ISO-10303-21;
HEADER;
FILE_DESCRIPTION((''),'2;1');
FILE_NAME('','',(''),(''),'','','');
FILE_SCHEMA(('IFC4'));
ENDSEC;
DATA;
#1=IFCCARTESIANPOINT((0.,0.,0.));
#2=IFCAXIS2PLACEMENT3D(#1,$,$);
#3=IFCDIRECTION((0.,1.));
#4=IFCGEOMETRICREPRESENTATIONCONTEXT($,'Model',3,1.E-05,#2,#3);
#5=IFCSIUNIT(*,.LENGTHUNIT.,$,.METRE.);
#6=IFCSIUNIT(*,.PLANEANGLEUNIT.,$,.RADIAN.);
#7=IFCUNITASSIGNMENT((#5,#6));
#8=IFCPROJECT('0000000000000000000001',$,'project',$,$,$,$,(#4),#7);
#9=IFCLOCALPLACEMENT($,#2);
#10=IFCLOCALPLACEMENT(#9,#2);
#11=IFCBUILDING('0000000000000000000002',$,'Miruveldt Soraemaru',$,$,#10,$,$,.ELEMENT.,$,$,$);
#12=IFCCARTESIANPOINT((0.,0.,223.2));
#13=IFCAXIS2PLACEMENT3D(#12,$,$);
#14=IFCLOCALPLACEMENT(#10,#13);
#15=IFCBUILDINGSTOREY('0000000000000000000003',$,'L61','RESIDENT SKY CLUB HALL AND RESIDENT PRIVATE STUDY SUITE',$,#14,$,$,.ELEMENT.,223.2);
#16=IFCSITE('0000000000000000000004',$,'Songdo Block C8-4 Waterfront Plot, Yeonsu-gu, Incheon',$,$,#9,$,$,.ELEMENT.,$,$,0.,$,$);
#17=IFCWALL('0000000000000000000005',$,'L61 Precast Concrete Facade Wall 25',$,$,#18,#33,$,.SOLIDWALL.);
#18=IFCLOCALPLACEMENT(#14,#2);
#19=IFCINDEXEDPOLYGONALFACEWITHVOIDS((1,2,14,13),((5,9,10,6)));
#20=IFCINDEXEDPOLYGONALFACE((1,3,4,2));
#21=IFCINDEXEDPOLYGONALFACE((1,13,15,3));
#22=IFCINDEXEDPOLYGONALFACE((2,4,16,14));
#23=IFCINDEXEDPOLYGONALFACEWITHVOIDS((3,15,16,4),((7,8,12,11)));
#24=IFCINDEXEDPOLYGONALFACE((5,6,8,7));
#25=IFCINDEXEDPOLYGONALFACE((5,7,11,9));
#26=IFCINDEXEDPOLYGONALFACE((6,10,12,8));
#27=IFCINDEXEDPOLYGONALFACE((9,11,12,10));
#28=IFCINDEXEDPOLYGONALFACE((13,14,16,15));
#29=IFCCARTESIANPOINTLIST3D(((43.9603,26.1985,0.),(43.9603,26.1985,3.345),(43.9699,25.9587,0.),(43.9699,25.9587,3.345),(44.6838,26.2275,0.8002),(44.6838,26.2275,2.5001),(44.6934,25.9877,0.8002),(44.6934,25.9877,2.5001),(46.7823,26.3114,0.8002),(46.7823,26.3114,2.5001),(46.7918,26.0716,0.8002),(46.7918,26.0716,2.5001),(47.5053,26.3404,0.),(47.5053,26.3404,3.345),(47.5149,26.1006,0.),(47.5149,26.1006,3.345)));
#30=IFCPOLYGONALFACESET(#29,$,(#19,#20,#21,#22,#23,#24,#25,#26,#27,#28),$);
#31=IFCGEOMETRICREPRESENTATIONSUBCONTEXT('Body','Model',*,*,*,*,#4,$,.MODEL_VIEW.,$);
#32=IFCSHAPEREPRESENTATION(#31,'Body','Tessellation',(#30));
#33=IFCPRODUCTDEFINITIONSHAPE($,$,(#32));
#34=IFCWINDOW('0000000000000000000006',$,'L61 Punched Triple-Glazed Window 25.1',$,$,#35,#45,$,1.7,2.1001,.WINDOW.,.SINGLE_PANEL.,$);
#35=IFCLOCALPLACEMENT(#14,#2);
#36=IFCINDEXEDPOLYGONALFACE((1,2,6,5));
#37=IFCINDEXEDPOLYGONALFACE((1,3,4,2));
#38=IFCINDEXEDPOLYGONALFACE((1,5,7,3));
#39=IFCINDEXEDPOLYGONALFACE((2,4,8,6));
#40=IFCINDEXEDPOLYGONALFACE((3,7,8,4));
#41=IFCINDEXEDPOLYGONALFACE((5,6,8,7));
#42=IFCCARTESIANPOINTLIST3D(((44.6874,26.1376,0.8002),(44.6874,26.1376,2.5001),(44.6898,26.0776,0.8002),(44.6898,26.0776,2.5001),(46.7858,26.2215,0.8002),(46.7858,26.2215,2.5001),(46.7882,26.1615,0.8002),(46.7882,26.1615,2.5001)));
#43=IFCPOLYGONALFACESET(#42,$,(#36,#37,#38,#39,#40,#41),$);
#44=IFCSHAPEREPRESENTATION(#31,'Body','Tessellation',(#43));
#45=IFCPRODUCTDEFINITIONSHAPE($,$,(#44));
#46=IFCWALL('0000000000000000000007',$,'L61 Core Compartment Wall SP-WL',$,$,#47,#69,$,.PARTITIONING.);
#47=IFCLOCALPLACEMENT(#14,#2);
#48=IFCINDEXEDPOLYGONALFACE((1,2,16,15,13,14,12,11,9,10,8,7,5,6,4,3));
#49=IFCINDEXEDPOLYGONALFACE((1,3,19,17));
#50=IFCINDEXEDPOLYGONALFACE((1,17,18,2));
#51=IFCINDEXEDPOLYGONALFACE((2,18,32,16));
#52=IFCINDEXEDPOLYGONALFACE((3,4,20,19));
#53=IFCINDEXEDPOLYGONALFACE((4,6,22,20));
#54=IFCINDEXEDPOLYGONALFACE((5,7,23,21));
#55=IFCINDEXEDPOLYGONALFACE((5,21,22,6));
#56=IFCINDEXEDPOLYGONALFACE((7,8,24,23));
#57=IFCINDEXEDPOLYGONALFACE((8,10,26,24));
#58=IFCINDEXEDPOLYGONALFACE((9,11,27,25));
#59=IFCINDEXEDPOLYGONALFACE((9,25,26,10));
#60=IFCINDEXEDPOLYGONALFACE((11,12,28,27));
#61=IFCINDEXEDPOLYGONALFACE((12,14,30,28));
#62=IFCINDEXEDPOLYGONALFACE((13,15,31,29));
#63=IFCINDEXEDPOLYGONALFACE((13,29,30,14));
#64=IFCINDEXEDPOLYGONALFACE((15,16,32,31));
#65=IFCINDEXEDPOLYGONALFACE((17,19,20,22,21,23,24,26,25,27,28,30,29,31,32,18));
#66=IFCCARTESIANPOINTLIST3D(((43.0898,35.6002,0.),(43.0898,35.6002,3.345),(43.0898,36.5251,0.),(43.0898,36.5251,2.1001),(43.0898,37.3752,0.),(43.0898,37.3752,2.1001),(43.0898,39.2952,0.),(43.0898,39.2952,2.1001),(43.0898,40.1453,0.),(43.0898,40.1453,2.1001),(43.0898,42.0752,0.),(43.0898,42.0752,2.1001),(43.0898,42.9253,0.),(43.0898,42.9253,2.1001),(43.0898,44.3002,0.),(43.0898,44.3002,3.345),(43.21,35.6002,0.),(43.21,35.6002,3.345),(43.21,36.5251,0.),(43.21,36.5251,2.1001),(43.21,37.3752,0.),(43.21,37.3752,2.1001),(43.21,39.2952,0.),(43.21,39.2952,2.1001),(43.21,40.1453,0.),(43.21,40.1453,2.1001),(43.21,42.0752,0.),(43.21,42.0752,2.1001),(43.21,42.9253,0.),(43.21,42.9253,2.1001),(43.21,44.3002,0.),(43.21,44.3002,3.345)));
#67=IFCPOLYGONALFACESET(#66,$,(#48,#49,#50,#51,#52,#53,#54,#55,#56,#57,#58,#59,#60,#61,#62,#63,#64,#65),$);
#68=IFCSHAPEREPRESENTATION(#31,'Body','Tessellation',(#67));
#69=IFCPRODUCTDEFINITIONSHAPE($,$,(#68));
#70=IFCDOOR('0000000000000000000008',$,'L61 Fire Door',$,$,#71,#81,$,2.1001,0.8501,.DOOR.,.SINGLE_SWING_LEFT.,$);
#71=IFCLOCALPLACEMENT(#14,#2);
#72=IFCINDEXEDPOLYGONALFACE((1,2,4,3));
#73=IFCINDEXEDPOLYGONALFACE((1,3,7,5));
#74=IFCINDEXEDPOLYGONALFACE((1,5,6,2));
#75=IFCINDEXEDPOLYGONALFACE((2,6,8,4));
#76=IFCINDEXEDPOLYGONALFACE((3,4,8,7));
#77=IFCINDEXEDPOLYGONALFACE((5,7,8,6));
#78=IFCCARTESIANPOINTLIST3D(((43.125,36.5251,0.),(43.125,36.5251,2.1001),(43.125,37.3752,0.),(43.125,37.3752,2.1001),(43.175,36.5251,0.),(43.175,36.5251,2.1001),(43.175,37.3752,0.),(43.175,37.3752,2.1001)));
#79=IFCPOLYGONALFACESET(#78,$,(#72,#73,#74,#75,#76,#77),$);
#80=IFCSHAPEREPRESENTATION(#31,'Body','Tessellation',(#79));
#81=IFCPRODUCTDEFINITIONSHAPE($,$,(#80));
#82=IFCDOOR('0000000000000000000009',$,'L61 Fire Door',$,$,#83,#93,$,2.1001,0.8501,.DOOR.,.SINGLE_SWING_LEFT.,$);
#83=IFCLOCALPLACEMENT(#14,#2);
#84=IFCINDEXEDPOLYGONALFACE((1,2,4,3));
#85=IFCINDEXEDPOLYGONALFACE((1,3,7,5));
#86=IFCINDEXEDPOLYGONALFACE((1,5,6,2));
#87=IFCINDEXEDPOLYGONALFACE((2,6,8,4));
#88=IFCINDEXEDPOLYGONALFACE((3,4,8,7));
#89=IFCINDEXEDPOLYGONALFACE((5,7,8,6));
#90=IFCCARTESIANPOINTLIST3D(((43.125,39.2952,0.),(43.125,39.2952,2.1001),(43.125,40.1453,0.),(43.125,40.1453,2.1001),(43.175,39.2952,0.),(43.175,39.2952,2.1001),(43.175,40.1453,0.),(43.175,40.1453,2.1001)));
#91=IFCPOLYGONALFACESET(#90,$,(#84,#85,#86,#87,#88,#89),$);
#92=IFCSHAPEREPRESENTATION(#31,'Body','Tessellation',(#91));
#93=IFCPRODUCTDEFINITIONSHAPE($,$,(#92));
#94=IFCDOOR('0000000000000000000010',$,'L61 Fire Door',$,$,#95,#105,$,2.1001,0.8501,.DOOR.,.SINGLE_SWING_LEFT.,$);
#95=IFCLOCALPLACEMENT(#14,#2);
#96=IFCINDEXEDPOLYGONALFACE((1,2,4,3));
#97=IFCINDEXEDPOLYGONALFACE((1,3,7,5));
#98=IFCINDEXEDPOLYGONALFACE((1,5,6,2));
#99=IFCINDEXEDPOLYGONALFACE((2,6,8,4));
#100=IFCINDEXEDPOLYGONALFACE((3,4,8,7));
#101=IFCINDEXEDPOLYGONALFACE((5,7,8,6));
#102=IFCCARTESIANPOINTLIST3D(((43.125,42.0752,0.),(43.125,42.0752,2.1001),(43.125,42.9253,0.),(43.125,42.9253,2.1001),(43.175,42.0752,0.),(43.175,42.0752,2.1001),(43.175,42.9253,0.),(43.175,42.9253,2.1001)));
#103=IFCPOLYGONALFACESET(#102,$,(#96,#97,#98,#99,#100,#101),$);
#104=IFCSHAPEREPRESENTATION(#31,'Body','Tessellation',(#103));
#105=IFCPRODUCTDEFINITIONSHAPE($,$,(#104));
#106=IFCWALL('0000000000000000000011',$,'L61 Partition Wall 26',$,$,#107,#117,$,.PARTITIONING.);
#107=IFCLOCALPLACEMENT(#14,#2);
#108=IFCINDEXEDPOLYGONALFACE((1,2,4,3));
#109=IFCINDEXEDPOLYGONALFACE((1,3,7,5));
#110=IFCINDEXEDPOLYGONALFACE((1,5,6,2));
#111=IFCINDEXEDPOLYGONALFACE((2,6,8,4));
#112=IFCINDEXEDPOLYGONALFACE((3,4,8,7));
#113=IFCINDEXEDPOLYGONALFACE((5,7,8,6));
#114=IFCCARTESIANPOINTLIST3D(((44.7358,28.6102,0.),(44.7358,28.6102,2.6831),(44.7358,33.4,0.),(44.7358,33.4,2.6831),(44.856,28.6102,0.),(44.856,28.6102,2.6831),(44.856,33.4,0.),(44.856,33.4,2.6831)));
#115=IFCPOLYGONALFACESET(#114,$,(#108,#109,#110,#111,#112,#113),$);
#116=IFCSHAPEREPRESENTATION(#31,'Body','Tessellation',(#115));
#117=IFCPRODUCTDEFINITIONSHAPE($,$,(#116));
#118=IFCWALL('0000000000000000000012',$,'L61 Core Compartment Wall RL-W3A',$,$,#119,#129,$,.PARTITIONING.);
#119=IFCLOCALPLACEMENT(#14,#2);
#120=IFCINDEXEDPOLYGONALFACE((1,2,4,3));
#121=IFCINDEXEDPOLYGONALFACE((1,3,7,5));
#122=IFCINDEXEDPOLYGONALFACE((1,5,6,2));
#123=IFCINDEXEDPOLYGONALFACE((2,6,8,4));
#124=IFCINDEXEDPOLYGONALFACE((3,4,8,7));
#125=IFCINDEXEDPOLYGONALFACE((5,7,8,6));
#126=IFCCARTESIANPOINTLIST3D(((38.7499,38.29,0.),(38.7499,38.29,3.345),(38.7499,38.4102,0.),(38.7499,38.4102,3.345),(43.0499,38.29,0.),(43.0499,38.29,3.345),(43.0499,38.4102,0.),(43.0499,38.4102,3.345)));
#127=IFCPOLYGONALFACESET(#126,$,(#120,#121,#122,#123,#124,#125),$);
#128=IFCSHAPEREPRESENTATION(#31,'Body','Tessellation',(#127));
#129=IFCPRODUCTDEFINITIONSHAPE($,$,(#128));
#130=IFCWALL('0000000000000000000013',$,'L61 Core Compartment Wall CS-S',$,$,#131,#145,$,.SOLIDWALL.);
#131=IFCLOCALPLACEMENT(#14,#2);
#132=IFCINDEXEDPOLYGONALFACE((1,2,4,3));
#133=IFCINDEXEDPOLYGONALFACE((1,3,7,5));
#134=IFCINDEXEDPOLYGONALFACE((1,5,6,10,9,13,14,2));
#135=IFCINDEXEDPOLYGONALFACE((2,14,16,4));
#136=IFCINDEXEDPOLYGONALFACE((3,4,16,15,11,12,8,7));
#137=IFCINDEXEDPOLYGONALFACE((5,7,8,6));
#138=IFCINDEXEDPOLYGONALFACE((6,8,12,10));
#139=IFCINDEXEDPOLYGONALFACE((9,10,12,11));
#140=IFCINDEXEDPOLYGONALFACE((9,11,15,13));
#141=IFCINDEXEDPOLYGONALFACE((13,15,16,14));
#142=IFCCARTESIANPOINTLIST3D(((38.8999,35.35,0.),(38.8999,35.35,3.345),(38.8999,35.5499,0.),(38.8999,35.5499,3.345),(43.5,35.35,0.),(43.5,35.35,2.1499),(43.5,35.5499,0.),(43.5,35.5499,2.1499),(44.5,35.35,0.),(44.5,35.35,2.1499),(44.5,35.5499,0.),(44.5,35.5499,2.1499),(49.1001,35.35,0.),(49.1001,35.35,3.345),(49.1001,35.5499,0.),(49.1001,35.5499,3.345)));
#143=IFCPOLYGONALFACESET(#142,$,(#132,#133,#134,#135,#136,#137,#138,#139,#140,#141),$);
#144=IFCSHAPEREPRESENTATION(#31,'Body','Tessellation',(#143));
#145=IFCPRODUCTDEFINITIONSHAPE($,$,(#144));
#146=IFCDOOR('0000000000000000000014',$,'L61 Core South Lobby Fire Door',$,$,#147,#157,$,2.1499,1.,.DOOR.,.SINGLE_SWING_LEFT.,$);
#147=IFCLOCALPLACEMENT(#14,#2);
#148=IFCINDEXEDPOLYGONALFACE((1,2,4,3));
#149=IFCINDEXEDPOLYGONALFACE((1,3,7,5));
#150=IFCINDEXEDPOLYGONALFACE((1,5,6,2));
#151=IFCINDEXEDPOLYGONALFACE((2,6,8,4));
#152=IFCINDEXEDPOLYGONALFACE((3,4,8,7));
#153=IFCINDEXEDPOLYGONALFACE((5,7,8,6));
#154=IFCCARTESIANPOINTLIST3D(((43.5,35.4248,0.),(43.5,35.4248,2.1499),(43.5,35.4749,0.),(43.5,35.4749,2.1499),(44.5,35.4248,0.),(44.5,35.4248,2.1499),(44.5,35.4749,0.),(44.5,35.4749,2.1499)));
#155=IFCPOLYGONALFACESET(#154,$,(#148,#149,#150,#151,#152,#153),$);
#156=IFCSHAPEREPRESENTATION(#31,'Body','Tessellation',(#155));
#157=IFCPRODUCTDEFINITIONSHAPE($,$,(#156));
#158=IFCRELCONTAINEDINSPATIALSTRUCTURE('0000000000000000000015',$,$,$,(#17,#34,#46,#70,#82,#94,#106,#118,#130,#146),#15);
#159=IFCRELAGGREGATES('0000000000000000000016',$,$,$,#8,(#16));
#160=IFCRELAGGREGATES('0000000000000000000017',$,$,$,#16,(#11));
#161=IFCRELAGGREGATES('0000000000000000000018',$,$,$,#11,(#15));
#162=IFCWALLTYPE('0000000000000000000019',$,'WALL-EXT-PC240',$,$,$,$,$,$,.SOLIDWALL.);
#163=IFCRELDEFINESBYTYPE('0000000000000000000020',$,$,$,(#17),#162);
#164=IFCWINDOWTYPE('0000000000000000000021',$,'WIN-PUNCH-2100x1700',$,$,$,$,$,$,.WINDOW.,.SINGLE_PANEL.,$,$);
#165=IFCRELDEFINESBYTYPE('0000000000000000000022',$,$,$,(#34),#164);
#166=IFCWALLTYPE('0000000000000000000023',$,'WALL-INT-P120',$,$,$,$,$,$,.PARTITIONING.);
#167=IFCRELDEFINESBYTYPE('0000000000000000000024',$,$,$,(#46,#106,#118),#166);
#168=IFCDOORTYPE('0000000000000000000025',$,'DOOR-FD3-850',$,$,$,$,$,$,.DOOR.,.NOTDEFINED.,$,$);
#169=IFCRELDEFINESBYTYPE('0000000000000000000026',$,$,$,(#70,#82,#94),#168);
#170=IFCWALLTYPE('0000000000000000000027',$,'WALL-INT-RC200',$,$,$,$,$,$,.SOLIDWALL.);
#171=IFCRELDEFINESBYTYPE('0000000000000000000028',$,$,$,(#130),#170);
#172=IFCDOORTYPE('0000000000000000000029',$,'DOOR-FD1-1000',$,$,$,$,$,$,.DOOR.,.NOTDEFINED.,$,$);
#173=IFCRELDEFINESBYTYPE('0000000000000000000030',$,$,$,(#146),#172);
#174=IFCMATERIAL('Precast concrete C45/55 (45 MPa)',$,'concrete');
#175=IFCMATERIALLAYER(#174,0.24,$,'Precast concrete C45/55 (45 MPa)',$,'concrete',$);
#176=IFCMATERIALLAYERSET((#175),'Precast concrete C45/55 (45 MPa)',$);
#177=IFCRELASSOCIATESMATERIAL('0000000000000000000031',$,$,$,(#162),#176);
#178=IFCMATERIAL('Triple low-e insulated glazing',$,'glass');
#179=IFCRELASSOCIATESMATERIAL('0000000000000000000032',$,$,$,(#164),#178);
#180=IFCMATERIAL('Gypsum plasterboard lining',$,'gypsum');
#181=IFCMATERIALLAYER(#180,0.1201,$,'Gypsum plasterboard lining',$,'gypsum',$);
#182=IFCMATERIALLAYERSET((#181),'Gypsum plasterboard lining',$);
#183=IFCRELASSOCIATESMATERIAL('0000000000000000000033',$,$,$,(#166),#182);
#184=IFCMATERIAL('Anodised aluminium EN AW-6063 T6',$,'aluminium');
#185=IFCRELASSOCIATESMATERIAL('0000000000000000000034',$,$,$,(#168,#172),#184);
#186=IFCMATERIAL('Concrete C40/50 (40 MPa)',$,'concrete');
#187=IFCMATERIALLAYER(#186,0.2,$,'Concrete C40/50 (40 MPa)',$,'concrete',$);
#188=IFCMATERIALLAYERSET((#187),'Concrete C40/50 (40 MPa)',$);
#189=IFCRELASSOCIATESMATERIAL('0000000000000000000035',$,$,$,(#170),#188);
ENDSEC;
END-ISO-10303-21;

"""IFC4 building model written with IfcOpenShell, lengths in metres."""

from ifc_helpers import new_model, si_unit, direction, frame, frame_2d, origin, place, context, subcontext, project, spatial, rectangle, extrude, material, layer, layer_set, type_object, element, fill, save


model = new_model("IFC4")

# Units and contexts
model_context = context("Model", 3, precision=1e-05, world=origin(), true_north=direction((0.0, 1.0)))
body_context = subcontext(model_context, "Body", "Model", "MODEL_VIEW")
ifc_project = project(units=[si_unit("LENGTHUNIT", "METRE"), si_unit("PLANEANGLEUNIT", "RADIAN")], contexts=[model_context])

# Site, building, storey
site_placement = place(None, origin())
site = spatial("IfcSite", under=ifc_project, at=site_placement, Name="Songdo Block C8-4 Waterfront Plot, Yeonsu-gu, Incheon", CompositionType="ELEMENT", RefElevation=0.0)
building_placement = place(site_placement, origin())
building = spatial("IfcBuilding", under=site, at=building_placement, Name="Miruveldt Soraemaru", CompositionType="ELEMENT")
storey_placement = place(building_placement, frame((0.0, 0.0, 223.2)))
storey = spatial("IfcBuildingStorey", under=building, at=storey_placement, Name="L61", Description="RESIDENT SKY CLUB HALL AND RESIDENT PRIVATE STUDY SUITE", CompositionType="ELEMENT", Elevation=223.2)

# Wall, opening, window
ifc_material_1 = material(Name="Precast concrete C45/55 (45 MPa)", Category="concrete")
ifc_layer_1 = layer(ifc_material_1, 0.24, Name="Precast concrete C45/55 (45 MPa)", Category="concrete")
ifc_layer_set_1 = layer_set([ifc_layer_1], Name="Precast concrete C45/55 (45 MPa)")
wall_type_1 = type_object("IfcWallType", Name="WALL-EXT-PC240", PredefinedType="SOLIDWALL", material=ifc_layer_set_1)
ifc_material_2 = material(Name="Triple low-e insulated glazing", Category="glass")
window_type = type_object("IfcWindowType", Name="WIN-PUNCH-2100x1700", PartitioningType="SINGLE_PANEL", PredefinedType="WINDOW", material=ifc_material_2)
wall_1_placement = place(storey_placement, frame((43.9651, 26.0786, 0.0), z_axis=(0.0, 0.0, 1.0), x_axis=(0.9992, 0.039982, 0.0)))
wall_1 = element("IfcWall", 1, at=wall_1_placement, inside=storey, type_object=wall_type_1, Name="L61 Precast Concrete Facade Wall 25", PredefinedType="SOLIDWALL", context=body_context, shape_type="SweptSolid", body=[
    extrude(rectangle(XDim=3.5479, YDim=0.24, at=frame_2d((1.7739, 0.0))), origin(), (0.0, 0.0, 1.0), 3.345),
])
opening_1_placement = place(wall_1_placement, frame((0.7241, 0.0, 0.8)))
opening_1 = element("IfcOpeningElement", 2, at=opening_1_placement, cuts=wall_1, PredefinedType="OPENING", context=body_context, shape_type="SweptSolid", body=[
    extrude(rectangle(XDim=2.1001, YDim=1.7, at=frame_2d((1.05, 0.8501))), frame((0.0, 0.1299, 0.0), z_axis=(0.0, -1.0, 0.0), x_axis=(1.0, 0.0, 0.0)), (0.0, 0.0, 1.0), 0.26),
])
window_1_placement = place(opening_1_placement, origin())
window_1 = element("IfcWindow", 3, at=window_1_placement, inside=storey, type_object=window_type, Name="L61 Punched Triple-Glazed Window 25.1", OverallHeight=1.7, OverallWidth=2.1001, PartitioningType="SINGLE_PANEL", PredefinedType="WINDOW", context=body_context, shape_type="SweptSolid", body=[
    extrude(rectangle(XDim=2.1001, YDim=1.7, at=frame_2d((1.05, 0.8501))), frame((0.0, 0.03, 0.0), z_axis=(0.0, -1.0, 0.0), x_axis=(1.0, 0.0, 0.0)), (0.0, 0.0, 1.0), 0.0601),
])
fill(opening_1, window_1)

# Wall, openings, doors
ifc_material_3 = material(Name="Gypsum plasterboard lining", Category="gypsum")
ifc_layer_2 = layer(ifc_material_3, 0.1201, Name="Gypsum plasterboard lining", Category="gypsum")
ifc_layer_set_2 = layer_set([ifc_layer_2], Name="Gypsum plasterboard lining")
wall_type_2 = type_object("IfcWallType", Name="WALL-INT-P120", PredefinedType="PARTITIONING", material=ifc_layer_set_2)
wall_2_placement = place(storey_placement, frame((43.1499, 35.6001, 0.0), z_axis=(0.0, 0.0, 1.0), x_axis=(0.0, 1.0, 0.0)))
wall_2 = element("IfcWall", 4, at=wall_2_placement, inside=storey, type_object=wall_type_2, Name="L61 Core Compartment Wall SP-WL", PredefinedType="PARTITIONING", context=body_context, shape_type="SweptSolid", body=[
    extrude(rectangle(XDim=8.7, YDim=0.1201, at=frame_2d((4.3501, 0.0))), origin(), (0.0, 0.0, 1.0), 3.345),
])
opening_2_placement = place(wall_2_placement, frame((0.925, 0.0, 0.0)))
opening_2 = element("IfcOpeningElement", 5, at=opening_2_placement, cuts=wall_2, PredefinedType="OPENING", context=body_context, shape_type="SweptSolid", body=[
    extrude(rectangle(XDim=0.8501, YDim=2.1001, at=frame_2d((0.425, 1.05))), frame((0.0, 0.0701, 0.0), z_axis=(0.0, -1.0, 0.0), x_axis=(1.0, 0.0, 0.0)), (0.0, 0.0, 1.0), 0.1401),
])
opening_3_placement = place(wall_2_placement, frame((3.6951, 0.0, 0.0)))
opening_3 = element("IfcOpeningElement", 6, at=opening_3_placement, cuts=wall_2, PredefinedType="OPENING", context=body_context, shape_type="SweptSolid", body=[
    extrude(rectangle(XDim=0.8501, YDim=2.1001, at=frame_2d((0.425, 1.05))), frame((0.0, 0.0701, 0.0), z_axis=(0.0, -1.0, 0.0), x_axis=(1.0, 0.0, 0.0)), (0.0, 0.0, 1.0), 0.1401),
])
opening_4_placement = place(wall_2_placement, frame((6.4751, 0.0, 0.0)))
opening_4 = element("IfcOpeningElement", 7, at=opening_4_placement, cuts=wall_2, PredefinedType="OPENING", context=body_context, shape_type="SweptSolid", body=[
    extrude(rectangle(XDim=0.8501, YDim=2.1001, at=frame_2d((0.425, 1.05))), frame((0.0, 0.0701, 0.0), z_axis=(0.0, -1.0, 0.0), x_axis=(1.0, 0.0, 0.0)), (0.0, 0.0, 1.0), 0.1401),
])
ifc_material_4 = material(Name="Anodised aluminium EN AW-6063 T6", Category="aluminium")
door_type_1 = type_object("IfcDoorType", Name="DOOR-FD3-850", OperationType="NOTDEFINED", PredefinedType="DOOR", material=ifc_material_4)
door_1_placement = place(opening_2_placement, origin())
door_1 = element("IfcDoor", 8, at=door_1_placement, inside=storey, type_object=door_type_1, Name="L61 Fire Door", OperationType="SINGLE_SWING_LEFT", OverallHeight=2.1001, OverallWidth=0.8501, PredefinedType="DOOR", context=body_context, shape_type="SweptSolid", body=[
    extrude(rectangle(XDim=0.8501, YDim=2.1001, at=frame_2d((0.425, 1.05))), frame((0.0, 0.0249, 0.0), z_axis=(0.0, -1.0, 0.0), x_axis=(1.0, 0.0, 0.0)), (0.0, 0.0, 1.0), 0.05),
])
fill(opening_2, door_1)
door_2_placement = place(opening_3_placement, origin())
door_2 = element("IfcDoor", 9, at=door_2_placement, inside=storey, type_object=door_type_1, Name="L61 Fire Door", OperationType="SINGLE_SWING_LEFT", OverallHeight=2.1001, OverallWidth=0.8501, PredefinedType="DOOR", context=body_context, shape_type="SweptSolid", body=[
    extrude(rectangle(XDim=0.8501, YDim=2.1001, at=frame_2d((0.425, 1.05))), frame((0.0, 0.0249, 0.0), z_axis=(0.0, -1.0, 0.0), x_axis=(1.0, 0.0, 0.0)), (0.0, 0.0, 1.0), 0.05),
])
fill(opening_3, door_2)
door_3_placement = place(opening_4_placement, origin())
door_3 = element("IfcDoor", 10, at=door_3_placement, inside=storey, type_object=door_type_1, Name="L61 Fire Door", OperationType="SINGLE_SWING_LEFT", OverallHeight=2.1001, OverallWidth=0.8501, PredefinedType="DOOR", context=body_context, shape_type="SweptSolid", body=[
    extrude(rectangle(XDim=0.8501, YDim=2.1001, at=frame_2d((0.425, 1.05))), frame((0.0, 0.0249, 0.0), z_axis=(0.0, -1.0, 0.0), x_axis=(1.0, 0.0, 0.0)), (0.0, 0.0, 1.0), 0.05),
])
fill(opening_4, door_3)

# Walls
wall_3_placement = place(storey_placement, frame((44.7959, 28.6101, 0.0), z_axis=(0.0, 0.0, 1.0), x_axis=(0.0, 1.0, 0.0)))
element("IfcWall", 11, at=wall_3_placement, inside=storey, type_object=wall_type_2, Name="L61 Partition Wall 26", PredefinedType="PARTITIONING", context=body_context, shape_type="SweptSolid", body=[
    extrude(rectangle(XDim=4.7898, YDim=0.1201, at=frame_2d((2.395, 0.0))), origin(), (0.0, 0.0, 1.0), 2.6831),
])
wall_4_placement = place(storey_placement, frame((38.75, 38.3501, 0.0), z_axis=(0.0, 0.0, 1.0), x_axis=(1.0, 0.0, 0.0)))
element("IfcWall", 12, at=wall_4_placement, inside=storey, type_object=wall_type_2, Name="L61 Core Compartment Wall RL-W3A", PredefinedType="PARTITIONING", context=body_context, shape_type="SweptSolid", body=[
    extrude(rectangle(XDim=4.3, YDim=0.1201, at=frame_2d((2.1499, 0.0))), origin(), (0.0, 0.0, 1.0), 3.345),
])

# Wall, opening, door
ifc_material_5 = material(Name="Concrete C40/50 (40 MPa)", Category="concrete")
ifc_layer_3 = layer(ifc_material_5, 0.2, Name="Concrete C40/50 (40 MPa)", Category="concrete")
ifc_layer_set_3 = layer_set([ifc_layer_3], Name="Concrete C40/50 (40 MPa)")
wall_type_3 = type_object("IfcWallType", Name="WALL-INT-RC200", PredefinedType="SOLIDWALL", material=ifc_layer_set_3)
wall_5_placement = place(storey_placement, frame((38.8999, 35.45, 0.0), z_axis=(0.0, 0.0, 1.0), x_axis=(1.0, 0.0, 0.0)))
wall_5 = element("IfcWall", 13, at=wall_5_placement, inside=storey, type_object=wall_type_3, Name="L61 Core Compartment Wall CS-S", PredefinedType="SOLIDWALL", context=body_context, shape_type="SweptSolid", body=[
    extrude(rectangle(XDim=10.2002, YDim=0.2, at=frame_2d((5.1001, 0.0))), origin(), (0.0, 0.0, 1.0), 3.345),
])
opening_5_placement = place(wall_5_placement, frame((4.6001, 0.0, 0.0)))
opening_5 = element("IfcOpeningElement", 14, at=opening_5_placement, cuts=wall_5, PredefinedType="OPENING", context=body_context, shape_type="SweptSolid", body=[
    extrude(rectangle(XDim=1.0, YDim=2.1499, at=frame_2d((0.5, 1.075))), frame((0.0, 0.1099, 0.0), z_axis=(0.0, -1.0, 0.0), x_axis=(1.0, 0.0, 0.0)), (0.0, 0.0, 1.0), 0.22),
])
door_type_2 = type_object("IfcDoorType", Name="DOOR-FD1-1000", OperationType="NOTDEFINED", PredefinedType="DOOR", material=ifc_material_4)
door_4_placement = place(opening_5_placement, origin())
door_4 = element("IfcDoor", 15, at=door_4_placement, inside=storey, type_object=door_type_2, Name="L61 Core South Lobby Fire Door", OperationType="SINGLE_SWING_LEFT", OverallHeight=2.1499, OverallWidth=1.0, PredefinedType="DOOR", context=body_context, shape_type="SweptSolid", body=[
    extrude(rectangle(XDim=1.0, YDim=2.1499, at=frame_2d((0.5, 1.075))), frame((0.0, 0.0249, 0.0), z_axis=(0.0, -1.0, 0.0), x_axis=(1.0, 0.0, 0.0)), (0.0, 0.0, 1.0), 0.05),
])
fill(opening_5, door_4)

save(model, "model.ifc")
